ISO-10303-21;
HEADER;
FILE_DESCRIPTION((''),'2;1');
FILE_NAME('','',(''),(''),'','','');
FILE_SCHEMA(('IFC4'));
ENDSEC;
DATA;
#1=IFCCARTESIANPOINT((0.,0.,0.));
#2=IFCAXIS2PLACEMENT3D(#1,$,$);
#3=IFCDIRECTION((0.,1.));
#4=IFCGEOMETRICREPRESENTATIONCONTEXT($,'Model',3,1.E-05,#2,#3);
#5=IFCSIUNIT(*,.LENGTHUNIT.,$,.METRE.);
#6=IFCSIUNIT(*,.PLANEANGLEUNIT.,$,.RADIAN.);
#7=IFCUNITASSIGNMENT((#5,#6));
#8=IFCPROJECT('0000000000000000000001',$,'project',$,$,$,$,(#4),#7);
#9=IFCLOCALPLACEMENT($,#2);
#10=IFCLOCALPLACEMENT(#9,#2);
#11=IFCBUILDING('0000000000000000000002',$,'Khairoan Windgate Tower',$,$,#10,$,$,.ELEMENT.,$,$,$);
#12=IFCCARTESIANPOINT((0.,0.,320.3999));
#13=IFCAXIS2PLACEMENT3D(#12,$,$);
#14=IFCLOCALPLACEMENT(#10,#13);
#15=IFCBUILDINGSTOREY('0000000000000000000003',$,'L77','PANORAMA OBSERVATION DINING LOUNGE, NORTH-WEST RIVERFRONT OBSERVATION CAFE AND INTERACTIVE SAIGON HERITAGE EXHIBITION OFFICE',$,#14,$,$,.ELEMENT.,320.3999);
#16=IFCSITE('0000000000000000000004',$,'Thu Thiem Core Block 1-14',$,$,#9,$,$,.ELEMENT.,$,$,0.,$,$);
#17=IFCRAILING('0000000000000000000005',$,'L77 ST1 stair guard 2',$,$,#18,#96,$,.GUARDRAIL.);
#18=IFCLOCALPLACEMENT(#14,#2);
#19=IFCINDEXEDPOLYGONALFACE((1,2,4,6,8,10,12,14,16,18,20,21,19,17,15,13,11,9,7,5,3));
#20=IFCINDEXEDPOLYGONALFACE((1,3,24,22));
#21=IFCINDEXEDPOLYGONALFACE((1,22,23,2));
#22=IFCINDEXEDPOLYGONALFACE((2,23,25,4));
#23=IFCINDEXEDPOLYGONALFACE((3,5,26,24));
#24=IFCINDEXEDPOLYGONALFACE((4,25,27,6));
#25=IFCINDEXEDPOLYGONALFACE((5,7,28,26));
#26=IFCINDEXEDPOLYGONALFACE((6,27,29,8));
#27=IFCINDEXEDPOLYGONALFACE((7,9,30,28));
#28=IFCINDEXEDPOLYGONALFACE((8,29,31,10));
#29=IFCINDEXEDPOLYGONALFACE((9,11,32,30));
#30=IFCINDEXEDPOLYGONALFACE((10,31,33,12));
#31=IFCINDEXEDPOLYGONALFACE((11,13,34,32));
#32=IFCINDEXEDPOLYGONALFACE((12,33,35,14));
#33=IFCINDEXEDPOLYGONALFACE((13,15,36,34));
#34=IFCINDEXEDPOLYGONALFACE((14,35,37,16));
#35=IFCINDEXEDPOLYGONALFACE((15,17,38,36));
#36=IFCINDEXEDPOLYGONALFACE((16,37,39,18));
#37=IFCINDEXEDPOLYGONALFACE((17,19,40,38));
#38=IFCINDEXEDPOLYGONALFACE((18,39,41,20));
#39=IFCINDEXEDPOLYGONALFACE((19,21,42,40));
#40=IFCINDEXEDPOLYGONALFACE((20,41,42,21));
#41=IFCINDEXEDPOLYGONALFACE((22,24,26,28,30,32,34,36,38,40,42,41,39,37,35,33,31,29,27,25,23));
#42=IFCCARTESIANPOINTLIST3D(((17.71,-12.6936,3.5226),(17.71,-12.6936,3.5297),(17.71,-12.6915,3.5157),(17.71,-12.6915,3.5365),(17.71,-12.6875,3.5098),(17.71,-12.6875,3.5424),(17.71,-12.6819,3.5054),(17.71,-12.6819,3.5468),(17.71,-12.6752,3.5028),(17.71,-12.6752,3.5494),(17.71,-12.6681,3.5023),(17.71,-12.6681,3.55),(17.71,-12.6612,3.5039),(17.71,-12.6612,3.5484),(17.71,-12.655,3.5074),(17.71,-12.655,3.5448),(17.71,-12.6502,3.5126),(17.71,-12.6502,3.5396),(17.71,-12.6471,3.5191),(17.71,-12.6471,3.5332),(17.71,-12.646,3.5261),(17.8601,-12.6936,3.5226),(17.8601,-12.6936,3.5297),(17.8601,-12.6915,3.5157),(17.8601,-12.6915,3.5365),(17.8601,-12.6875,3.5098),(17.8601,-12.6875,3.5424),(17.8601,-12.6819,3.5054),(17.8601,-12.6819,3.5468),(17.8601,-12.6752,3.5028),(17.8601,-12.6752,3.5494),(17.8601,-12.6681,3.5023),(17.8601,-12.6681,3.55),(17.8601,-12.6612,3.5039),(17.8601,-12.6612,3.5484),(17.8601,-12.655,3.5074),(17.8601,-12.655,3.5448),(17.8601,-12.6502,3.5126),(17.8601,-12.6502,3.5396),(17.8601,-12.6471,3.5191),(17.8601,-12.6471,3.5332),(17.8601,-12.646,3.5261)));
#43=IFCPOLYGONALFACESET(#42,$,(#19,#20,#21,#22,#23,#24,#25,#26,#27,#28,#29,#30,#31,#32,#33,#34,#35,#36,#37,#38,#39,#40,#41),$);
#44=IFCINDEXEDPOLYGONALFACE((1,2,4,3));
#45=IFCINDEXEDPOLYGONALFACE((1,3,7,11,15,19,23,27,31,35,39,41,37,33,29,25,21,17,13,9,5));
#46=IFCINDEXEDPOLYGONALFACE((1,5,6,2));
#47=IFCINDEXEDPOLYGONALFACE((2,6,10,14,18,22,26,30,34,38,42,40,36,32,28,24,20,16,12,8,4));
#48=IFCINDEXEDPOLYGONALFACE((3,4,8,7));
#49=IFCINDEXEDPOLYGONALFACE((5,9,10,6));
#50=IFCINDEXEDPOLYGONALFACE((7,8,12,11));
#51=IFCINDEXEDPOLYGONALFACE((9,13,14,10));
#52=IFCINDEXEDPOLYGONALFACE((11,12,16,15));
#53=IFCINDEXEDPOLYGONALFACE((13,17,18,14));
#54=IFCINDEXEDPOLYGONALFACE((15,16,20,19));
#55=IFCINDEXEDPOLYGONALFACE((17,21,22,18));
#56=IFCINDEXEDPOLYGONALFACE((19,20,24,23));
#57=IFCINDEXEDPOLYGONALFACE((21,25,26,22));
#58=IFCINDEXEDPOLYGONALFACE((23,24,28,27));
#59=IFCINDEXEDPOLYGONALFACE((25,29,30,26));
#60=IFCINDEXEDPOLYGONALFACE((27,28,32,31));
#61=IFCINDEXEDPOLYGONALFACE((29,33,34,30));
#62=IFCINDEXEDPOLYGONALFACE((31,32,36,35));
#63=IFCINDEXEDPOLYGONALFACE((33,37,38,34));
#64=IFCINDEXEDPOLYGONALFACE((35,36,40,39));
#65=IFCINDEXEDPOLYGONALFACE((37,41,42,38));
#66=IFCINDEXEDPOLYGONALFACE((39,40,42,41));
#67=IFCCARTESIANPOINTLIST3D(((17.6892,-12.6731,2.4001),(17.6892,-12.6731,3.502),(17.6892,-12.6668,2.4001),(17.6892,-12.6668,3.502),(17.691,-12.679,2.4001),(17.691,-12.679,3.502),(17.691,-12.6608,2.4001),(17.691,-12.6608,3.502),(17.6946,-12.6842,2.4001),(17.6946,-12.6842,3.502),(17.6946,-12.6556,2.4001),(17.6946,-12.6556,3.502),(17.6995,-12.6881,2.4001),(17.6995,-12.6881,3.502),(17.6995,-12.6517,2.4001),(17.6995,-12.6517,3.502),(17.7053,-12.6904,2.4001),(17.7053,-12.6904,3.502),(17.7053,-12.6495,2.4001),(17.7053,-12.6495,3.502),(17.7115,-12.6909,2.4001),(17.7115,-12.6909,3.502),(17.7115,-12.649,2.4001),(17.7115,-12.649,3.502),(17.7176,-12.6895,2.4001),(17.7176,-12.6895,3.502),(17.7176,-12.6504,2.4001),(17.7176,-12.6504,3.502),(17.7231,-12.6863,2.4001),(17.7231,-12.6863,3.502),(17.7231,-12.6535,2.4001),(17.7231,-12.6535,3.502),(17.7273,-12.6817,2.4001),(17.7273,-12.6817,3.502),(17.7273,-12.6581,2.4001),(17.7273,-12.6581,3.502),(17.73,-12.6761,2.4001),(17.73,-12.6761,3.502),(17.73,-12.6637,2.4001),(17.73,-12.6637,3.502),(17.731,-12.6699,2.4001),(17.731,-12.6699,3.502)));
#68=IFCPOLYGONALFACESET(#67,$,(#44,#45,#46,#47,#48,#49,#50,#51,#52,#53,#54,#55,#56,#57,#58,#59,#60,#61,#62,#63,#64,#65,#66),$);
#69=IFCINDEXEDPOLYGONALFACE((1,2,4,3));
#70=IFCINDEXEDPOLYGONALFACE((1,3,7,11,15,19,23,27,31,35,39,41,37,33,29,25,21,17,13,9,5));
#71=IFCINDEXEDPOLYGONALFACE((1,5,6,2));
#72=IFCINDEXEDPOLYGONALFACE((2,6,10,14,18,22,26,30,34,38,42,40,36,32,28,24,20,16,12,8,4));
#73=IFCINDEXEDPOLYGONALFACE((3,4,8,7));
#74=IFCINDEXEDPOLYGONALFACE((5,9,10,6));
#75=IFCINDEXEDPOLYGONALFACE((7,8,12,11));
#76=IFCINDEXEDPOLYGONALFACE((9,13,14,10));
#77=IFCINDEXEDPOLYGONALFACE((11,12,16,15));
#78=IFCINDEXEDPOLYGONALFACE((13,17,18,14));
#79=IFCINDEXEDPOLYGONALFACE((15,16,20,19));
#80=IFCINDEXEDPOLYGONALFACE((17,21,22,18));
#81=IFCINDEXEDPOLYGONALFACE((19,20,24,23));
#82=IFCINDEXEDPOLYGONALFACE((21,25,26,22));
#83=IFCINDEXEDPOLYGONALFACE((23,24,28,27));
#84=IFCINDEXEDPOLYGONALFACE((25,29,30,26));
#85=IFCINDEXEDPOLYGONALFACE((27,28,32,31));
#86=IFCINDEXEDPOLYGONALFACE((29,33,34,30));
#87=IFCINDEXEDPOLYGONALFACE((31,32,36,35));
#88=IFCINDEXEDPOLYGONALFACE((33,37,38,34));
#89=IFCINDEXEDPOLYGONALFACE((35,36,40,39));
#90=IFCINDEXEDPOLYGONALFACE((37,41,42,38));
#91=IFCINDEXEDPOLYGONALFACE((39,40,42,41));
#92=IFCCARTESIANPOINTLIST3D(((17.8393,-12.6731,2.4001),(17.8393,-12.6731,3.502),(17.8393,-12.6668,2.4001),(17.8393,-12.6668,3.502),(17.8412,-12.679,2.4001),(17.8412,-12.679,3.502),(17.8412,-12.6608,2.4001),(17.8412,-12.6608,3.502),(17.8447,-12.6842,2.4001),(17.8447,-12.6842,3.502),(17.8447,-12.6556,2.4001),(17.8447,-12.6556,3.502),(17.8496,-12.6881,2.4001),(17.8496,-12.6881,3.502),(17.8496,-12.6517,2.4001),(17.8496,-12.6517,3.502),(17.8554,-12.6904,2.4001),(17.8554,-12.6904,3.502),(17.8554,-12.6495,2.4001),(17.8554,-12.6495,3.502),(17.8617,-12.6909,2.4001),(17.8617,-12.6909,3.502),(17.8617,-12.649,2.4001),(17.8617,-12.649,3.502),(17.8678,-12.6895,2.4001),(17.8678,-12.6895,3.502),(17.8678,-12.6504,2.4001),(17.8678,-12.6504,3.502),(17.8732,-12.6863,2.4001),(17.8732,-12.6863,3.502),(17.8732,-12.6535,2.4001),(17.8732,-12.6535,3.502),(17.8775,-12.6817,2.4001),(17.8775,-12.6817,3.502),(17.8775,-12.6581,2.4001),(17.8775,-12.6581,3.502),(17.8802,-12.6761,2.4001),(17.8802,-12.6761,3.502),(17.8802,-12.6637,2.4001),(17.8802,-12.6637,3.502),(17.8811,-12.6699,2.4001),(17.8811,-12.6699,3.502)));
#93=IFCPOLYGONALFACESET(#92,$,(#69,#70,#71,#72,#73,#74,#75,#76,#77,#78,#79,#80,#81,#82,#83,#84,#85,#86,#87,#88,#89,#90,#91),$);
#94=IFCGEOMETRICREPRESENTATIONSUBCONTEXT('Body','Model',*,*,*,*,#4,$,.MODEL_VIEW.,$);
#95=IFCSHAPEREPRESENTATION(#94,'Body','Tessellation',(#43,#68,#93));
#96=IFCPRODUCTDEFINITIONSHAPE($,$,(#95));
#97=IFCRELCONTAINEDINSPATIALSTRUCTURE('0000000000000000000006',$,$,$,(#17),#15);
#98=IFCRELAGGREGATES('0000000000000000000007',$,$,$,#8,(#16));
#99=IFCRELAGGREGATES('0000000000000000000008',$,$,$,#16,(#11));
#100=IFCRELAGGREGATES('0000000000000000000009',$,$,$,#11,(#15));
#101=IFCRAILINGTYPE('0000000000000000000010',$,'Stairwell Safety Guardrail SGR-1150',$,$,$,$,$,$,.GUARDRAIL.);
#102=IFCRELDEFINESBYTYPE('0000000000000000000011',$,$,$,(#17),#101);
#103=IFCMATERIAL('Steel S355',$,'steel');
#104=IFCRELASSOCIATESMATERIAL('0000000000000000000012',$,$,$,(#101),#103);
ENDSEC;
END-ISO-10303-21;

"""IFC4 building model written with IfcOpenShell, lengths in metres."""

from ifc_helpers import new_model, si_unit, direction, frame, origin, origin_2d, place, context, subcontext, project, spatial, circle, extrude, material, type_object, element, save


model = new_model("IFC4")

# Units and contexts
model_context = context("Model", 3, precision=1e-05, world=origin(), true_north=direction((0.0, 1.0)))
body_context = subcontext(model_context, "Body", "Model", "MODEL_VIEW")
ifc_project = project(units=[si_unit("LENGTHUNIT", "METRE"), si_unit("PLANEANGLEUNIT", "RADIAN")], contexts=[model_context])

# Site, building, storey
site_placement = place(None, origin())
site = spatial("IfcSite", under=ifc_project, at=site_placement, Name="Thu Thiem Core Block 1-14", CompositionType="ELEMENT", RefElevation=0.0)
building_placement = place(site_placement, origin())
building = spatial("IfcBuilding", under=site, at=building_placement, Name="Khairoan Windgate Tower", CompositionType="ELEMENT")
storey_placement = place(building_placement, frame((0.0, 0.0, 320.3999)))
storey = spatial("IfcBuildingStorey", under=building, at=storey_placement, Name="L77", Description="PANORAMA OBSERVATION DINING LOUNGE, NORTH-WEST RIVERFRONT OBSERVATION CAFE AND INTERACTIVE SAIGON HERITAGE EXHIBITION OFFICE", CompositionType="ELEMENT", Elevation=320.3999)

# Railing
ifc_material_1 = material(Name="Steel S355", Category="steel")
railing_type_1 = type_object("IfcRailingType", Name="Stairwell Safety Guardrail SGR-1150", PredefinedType="GUARDRAIL", material=ifc_material_1)
railing_1_placement = place(storey_placement, frame((17.71, -12.6699, 2.4001)))
element("IfcRailing", 1, at=railing_1_placement, inside=storey, type_object=railing_type_1, Name="L77 ST1 stair guard 2", PredefinedType="GUARDRAIL", context=body_context, shape_type="SweptSolid", body=[
    extrude(circle(Radius=0.0239, at=origin_2d()), frame((0.0, 0.0, 1.126), z_axis=(1.0, 0.0, 0.0), x_axis=(0.0, 1.0, 0.0)), (0.0, 0.0, 1.0), 0.1501),
    extrude(circle(Radius=0.021, at=origin_2d()), origin(), (0.0, 0.0, 1.0), 1.1018),
    extrude(circle(Radius=0.021, at=origin_2d()), frame((0.1501, 0.0, 0.0)), (0.0, 0.0, 1.0), 1.1018),
])

save(model, "model.ifc")
